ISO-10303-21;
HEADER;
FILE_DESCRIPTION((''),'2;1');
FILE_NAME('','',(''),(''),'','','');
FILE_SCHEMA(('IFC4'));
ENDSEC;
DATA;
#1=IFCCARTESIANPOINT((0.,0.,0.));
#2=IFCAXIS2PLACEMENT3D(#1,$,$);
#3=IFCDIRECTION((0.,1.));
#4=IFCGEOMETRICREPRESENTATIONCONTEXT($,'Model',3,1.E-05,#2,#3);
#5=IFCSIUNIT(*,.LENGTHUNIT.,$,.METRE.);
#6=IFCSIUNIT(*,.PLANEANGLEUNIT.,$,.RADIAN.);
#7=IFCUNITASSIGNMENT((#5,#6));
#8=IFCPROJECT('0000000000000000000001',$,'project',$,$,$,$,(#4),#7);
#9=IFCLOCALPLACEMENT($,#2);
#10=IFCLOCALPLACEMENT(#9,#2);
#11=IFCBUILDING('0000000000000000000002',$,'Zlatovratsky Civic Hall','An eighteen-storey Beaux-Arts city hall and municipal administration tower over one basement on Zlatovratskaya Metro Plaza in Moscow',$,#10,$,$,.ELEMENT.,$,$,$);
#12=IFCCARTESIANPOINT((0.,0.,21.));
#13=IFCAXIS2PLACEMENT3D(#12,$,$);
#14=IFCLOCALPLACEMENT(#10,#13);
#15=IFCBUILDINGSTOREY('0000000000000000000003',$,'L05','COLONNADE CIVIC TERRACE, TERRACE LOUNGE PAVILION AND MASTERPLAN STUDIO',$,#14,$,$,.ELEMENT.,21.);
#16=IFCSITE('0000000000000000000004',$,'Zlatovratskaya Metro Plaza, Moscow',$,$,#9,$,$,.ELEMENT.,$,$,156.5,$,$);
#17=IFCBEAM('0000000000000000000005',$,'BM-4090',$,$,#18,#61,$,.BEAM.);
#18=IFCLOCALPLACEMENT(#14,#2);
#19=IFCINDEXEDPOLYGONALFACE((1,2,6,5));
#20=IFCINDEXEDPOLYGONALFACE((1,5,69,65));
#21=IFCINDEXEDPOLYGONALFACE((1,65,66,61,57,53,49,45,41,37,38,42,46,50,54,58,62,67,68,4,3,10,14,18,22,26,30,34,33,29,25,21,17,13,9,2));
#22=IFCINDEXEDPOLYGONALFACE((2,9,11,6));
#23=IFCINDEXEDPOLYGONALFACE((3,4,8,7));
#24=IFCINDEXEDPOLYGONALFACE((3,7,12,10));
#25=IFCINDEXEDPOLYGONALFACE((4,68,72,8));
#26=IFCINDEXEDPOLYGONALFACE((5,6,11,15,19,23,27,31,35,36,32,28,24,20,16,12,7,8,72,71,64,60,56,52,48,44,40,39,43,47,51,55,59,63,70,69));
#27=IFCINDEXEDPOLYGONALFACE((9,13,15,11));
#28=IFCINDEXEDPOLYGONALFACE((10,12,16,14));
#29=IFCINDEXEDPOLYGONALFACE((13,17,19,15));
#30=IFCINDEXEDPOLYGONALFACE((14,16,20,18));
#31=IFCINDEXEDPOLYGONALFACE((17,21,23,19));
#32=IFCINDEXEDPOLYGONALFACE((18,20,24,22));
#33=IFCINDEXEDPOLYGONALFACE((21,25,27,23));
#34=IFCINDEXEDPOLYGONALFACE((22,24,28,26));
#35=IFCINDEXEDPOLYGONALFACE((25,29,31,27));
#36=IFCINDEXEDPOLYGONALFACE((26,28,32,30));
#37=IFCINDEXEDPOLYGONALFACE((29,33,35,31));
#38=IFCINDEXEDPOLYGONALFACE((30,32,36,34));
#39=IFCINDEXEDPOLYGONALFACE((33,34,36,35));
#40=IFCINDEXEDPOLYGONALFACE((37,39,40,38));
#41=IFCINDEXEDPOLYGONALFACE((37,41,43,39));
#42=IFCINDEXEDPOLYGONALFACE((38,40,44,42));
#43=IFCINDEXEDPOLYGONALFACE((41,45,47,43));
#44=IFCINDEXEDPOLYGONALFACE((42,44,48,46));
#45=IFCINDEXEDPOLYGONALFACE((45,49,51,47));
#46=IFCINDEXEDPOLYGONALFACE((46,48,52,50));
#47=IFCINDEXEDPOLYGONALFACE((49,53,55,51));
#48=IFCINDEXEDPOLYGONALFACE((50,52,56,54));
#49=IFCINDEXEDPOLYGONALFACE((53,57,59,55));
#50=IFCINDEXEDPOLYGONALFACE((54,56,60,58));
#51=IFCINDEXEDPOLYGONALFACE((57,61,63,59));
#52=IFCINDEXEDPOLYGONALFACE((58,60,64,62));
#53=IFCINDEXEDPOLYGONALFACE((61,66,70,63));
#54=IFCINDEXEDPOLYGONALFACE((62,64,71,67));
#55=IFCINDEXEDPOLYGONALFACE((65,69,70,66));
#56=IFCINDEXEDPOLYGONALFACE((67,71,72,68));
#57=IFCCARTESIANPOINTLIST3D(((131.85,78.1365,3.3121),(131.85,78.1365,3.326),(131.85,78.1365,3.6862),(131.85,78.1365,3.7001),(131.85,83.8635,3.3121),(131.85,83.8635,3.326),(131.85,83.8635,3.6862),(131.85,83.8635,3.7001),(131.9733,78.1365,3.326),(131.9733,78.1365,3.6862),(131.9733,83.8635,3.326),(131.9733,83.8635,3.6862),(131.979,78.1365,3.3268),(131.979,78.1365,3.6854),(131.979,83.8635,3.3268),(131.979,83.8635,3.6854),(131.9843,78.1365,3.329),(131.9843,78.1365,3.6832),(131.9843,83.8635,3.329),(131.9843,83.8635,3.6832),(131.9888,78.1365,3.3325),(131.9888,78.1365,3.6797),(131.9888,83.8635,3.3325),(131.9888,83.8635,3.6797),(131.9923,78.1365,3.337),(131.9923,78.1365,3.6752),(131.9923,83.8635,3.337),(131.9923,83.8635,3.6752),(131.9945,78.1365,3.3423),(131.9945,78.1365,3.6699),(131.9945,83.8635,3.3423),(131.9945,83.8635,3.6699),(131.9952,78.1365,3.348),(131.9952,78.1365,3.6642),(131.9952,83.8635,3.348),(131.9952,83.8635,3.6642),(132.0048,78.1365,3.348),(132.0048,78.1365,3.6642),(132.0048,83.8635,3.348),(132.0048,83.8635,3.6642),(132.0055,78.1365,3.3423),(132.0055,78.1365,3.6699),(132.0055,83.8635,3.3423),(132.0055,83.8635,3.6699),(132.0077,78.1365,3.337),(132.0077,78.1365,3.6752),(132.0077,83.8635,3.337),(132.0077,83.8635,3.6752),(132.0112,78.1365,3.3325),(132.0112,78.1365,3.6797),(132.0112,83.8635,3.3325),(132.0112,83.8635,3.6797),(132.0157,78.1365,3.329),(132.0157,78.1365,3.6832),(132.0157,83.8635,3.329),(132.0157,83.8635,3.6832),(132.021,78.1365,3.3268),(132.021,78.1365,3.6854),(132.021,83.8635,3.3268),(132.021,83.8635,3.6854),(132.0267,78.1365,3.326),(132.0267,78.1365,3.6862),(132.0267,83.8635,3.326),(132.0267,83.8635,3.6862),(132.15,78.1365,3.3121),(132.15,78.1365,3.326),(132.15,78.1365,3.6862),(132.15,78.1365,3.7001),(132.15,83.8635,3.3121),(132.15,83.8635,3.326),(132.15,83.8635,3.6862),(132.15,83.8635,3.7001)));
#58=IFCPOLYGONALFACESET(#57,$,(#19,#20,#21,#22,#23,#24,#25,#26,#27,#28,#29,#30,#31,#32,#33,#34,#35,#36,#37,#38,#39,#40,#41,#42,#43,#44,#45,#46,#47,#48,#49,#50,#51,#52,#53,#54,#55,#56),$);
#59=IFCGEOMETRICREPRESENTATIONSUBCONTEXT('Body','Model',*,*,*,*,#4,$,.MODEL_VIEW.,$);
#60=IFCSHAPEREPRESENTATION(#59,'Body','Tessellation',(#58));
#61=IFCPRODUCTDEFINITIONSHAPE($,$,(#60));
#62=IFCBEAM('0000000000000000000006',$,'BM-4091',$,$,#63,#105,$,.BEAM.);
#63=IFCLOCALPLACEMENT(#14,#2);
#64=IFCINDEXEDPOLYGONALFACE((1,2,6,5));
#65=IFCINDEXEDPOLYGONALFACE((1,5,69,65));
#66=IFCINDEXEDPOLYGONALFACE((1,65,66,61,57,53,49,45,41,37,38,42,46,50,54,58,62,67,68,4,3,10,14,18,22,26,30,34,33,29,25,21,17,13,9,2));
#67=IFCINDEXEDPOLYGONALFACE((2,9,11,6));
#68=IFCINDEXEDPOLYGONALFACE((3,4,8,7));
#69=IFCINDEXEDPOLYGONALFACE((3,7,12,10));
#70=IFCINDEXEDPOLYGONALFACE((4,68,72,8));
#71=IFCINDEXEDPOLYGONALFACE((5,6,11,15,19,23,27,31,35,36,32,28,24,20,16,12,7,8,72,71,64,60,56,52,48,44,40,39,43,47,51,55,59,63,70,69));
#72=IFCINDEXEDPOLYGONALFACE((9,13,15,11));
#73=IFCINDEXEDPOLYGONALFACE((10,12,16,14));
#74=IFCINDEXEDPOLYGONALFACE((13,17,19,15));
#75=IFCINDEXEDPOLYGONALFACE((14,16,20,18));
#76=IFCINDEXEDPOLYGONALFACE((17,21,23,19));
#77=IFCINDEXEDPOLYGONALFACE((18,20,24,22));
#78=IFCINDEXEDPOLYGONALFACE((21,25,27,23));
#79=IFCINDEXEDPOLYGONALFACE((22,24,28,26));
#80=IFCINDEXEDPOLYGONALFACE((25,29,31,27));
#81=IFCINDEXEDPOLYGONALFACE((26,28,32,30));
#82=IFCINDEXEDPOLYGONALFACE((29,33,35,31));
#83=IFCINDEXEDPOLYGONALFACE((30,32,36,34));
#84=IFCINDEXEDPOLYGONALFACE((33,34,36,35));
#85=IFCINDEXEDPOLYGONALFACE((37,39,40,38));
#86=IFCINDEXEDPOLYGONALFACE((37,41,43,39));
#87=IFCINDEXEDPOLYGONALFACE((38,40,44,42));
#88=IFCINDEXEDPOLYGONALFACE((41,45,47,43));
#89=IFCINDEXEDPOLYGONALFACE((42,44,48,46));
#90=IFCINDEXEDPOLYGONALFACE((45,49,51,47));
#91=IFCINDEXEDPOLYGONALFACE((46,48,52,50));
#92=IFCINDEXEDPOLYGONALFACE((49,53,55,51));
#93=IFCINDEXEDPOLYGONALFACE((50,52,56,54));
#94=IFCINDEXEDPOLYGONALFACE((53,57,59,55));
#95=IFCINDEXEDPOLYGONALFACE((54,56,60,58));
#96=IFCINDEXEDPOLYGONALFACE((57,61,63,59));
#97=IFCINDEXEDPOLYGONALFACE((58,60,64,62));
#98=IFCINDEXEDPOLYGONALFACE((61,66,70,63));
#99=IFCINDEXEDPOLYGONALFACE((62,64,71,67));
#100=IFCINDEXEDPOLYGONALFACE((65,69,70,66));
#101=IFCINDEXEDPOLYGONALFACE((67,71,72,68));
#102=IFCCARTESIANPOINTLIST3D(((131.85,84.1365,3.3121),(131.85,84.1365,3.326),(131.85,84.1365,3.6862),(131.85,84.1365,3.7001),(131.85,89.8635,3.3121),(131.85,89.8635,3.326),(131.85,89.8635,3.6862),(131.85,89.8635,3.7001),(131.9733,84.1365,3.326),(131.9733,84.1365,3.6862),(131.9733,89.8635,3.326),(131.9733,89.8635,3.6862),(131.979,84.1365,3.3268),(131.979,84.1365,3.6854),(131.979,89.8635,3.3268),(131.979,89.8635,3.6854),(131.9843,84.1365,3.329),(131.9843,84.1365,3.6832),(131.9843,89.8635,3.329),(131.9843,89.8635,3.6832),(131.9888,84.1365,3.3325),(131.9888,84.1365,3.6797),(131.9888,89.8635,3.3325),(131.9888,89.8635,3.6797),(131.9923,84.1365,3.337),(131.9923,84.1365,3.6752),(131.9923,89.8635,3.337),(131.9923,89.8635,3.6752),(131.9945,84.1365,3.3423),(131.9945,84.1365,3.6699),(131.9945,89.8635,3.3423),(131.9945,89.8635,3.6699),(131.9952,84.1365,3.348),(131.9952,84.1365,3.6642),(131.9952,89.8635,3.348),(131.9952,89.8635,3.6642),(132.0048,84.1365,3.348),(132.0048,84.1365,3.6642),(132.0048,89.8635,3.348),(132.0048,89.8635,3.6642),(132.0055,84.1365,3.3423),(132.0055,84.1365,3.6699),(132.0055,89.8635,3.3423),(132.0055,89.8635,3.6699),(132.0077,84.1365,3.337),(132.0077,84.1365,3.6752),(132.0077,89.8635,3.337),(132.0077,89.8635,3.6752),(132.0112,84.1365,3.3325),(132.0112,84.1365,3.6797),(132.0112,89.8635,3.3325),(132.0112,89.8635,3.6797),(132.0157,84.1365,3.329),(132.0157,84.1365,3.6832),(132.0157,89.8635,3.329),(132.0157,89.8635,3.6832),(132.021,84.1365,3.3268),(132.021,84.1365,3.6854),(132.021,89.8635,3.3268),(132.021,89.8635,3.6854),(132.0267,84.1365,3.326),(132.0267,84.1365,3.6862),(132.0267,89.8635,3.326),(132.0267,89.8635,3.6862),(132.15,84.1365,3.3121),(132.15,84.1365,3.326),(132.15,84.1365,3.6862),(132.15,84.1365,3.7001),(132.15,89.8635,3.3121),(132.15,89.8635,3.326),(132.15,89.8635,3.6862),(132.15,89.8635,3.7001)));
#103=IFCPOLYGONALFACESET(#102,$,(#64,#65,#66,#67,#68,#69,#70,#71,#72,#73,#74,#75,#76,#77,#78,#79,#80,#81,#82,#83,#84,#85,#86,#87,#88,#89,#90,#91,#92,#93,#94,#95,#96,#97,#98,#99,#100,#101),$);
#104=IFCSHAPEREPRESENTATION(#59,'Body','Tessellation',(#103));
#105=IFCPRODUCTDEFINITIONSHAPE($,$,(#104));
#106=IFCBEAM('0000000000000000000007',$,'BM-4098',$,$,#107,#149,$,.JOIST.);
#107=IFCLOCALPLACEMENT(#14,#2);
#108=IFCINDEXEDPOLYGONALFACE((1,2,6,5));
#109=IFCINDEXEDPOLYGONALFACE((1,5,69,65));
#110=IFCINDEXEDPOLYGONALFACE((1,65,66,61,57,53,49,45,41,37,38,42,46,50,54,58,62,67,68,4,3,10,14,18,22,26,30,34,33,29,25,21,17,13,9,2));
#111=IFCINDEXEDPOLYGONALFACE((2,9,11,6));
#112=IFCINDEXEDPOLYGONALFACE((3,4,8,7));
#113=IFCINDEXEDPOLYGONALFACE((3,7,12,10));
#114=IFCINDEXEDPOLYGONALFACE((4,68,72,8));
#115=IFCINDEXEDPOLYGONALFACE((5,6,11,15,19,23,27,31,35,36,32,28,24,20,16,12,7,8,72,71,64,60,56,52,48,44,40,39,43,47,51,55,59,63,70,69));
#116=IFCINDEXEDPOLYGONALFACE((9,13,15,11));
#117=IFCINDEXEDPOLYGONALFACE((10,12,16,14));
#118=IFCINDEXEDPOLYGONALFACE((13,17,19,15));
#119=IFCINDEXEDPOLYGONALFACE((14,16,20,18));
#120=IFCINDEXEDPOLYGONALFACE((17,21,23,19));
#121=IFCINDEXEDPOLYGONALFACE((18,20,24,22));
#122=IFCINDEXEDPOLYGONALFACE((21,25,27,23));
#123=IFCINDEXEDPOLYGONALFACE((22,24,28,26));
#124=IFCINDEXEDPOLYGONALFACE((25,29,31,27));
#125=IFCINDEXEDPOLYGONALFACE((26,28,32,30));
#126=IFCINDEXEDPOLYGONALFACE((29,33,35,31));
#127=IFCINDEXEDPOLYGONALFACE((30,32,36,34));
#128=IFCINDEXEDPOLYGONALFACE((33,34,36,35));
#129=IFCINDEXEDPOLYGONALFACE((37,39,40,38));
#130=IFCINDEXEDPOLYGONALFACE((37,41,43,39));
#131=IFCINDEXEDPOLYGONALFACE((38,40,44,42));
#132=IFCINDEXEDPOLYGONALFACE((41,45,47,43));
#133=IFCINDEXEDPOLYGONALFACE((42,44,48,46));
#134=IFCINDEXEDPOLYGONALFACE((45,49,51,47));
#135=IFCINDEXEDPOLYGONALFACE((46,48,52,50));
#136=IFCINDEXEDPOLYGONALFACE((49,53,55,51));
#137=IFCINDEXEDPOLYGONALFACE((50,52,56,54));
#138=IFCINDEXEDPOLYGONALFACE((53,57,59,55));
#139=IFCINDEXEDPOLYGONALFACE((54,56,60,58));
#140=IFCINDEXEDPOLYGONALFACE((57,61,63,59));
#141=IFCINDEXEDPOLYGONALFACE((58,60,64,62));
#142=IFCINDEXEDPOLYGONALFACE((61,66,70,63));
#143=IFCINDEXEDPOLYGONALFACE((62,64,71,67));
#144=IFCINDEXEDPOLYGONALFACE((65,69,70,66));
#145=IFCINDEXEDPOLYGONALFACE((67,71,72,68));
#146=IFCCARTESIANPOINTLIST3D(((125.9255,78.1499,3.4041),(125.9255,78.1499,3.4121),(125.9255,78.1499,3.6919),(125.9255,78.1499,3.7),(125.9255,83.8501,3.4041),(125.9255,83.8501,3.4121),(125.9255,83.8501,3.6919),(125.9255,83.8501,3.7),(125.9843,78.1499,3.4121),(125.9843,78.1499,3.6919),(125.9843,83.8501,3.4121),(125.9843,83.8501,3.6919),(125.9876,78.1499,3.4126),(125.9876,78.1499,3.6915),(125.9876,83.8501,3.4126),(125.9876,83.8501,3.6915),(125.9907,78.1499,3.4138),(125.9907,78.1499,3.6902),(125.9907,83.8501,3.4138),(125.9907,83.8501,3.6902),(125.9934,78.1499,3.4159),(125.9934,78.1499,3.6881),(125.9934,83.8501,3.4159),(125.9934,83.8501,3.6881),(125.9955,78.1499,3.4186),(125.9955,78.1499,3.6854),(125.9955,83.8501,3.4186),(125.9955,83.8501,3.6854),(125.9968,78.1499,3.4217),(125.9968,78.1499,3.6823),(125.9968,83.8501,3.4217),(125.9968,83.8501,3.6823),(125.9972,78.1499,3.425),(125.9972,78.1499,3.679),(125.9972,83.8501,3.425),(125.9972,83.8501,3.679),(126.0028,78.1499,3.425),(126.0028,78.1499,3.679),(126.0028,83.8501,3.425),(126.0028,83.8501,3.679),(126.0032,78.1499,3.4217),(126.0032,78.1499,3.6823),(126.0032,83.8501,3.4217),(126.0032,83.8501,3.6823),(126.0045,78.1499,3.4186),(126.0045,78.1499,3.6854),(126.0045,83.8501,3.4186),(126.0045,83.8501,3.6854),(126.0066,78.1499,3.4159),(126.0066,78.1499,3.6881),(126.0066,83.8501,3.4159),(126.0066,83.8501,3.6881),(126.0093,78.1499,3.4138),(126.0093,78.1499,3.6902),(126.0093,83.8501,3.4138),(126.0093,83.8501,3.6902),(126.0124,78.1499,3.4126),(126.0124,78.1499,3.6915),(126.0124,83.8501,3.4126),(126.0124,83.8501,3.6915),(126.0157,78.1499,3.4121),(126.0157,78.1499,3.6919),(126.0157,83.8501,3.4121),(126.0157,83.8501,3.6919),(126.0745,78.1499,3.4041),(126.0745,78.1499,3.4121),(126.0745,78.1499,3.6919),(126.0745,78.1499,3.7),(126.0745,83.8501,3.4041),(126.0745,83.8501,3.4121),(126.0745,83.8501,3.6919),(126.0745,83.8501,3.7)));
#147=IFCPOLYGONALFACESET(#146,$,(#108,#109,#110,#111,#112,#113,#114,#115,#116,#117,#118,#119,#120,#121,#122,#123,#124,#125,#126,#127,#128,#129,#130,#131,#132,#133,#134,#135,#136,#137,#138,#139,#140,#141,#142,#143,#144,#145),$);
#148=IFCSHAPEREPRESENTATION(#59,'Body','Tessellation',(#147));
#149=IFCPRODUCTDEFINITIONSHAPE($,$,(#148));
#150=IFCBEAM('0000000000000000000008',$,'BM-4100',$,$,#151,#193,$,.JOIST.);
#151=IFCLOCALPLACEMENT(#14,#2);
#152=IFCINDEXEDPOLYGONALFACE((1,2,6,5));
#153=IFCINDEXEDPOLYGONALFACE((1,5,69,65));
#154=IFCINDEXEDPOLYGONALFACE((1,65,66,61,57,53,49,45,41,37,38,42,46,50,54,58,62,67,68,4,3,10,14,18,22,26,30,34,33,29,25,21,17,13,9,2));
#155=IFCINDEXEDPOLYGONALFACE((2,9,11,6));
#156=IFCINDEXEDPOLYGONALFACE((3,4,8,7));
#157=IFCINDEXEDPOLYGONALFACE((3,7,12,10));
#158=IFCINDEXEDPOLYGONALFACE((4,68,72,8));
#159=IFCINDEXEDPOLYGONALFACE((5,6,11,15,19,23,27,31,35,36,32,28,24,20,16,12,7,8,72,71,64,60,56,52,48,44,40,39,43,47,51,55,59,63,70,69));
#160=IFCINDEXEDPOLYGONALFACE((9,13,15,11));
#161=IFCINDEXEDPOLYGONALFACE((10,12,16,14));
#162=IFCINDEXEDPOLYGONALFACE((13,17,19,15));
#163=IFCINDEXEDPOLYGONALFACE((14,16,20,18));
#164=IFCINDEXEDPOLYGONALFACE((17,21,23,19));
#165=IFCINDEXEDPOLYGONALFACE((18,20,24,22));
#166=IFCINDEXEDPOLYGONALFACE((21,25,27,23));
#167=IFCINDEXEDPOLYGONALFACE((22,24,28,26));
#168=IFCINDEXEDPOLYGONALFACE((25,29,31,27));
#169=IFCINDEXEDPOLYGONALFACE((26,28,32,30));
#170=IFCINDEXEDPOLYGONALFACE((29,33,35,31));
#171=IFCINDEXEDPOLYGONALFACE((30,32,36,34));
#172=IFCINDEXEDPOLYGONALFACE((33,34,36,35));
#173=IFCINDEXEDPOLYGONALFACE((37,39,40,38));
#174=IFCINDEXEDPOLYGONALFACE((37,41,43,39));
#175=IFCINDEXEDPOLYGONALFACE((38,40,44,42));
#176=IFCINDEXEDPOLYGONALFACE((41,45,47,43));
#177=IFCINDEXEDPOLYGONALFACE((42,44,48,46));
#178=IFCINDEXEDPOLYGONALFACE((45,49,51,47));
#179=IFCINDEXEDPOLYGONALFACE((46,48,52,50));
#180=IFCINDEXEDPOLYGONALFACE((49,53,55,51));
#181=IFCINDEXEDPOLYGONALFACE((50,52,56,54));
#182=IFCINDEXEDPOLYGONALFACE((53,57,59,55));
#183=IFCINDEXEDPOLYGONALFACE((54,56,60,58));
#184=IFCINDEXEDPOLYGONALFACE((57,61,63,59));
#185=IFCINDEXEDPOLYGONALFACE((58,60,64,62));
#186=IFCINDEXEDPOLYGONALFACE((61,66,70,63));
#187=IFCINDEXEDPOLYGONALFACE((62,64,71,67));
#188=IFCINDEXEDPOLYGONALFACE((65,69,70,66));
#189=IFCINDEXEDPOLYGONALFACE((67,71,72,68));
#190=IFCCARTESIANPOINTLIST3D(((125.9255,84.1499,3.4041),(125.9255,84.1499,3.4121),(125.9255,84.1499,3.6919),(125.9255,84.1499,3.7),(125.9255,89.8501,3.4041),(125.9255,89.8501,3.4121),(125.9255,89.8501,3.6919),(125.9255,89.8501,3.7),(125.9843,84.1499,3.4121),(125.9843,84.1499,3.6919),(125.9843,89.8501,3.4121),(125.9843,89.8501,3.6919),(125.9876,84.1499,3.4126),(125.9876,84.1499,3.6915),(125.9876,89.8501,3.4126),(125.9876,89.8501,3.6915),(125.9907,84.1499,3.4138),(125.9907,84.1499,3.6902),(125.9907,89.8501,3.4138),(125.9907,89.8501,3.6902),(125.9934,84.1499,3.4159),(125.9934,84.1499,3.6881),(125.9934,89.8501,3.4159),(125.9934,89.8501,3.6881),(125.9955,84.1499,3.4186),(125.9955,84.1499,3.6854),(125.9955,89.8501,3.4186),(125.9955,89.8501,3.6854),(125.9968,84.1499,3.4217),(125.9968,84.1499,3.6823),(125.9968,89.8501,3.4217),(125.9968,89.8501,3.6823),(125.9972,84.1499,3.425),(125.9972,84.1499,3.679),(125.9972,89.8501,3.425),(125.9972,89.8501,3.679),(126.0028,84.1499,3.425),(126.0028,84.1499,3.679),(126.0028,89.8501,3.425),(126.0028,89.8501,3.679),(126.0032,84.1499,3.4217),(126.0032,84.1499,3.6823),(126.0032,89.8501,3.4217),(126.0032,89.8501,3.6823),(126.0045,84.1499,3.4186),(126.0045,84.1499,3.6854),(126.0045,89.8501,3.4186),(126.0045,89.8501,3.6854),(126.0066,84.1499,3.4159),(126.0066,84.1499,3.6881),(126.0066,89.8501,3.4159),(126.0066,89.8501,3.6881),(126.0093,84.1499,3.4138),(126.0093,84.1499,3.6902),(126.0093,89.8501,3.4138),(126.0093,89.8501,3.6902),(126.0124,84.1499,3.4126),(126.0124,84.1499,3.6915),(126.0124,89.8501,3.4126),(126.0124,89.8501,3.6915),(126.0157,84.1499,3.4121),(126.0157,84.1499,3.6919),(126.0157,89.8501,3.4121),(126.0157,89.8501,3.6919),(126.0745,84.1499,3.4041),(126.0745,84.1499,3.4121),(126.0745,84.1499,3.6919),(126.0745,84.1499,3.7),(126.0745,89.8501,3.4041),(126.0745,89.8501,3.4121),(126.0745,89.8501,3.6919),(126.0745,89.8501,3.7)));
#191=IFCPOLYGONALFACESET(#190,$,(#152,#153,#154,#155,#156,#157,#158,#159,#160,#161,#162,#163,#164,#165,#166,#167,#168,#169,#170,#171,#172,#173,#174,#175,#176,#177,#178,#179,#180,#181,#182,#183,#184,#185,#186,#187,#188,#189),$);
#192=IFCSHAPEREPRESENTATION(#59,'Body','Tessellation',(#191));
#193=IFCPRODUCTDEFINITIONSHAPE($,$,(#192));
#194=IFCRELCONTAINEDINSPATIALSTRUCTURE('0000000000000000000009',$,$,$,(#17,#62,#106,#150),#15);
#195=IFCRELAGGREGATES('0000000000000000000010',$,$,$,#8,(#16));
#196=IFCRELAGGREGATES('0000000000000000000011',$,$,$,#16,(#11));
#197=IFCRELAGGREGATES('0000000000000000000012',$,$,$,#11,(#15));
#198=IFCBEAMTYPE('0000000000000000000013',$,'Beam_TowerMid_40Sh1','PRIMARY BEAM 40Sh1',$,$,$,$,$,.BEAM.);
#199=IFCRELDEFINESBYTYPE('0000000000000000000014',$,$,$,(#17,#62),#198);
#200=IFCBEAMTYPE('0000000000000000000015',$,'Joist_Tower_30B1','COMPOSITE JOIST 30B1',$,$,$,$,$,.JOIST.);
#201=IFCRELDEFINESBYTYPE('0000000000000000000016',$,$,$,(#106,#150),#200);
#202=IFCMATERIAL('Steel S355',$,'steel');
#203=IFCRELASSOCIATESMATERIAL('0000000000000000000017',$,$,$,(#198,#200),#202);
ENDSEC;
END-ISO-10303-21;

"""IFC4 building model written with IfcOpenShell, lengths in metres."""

from ifc_helpers import new_model, si_unit, direction, frame, origin, origin_2d, place, context, subcontext, project, spatial, i_section, extrude, material, material_profile, profile_set, type_object, element, save


model = new_model("IFC4")

# Units and contexts
model_context = context("Model", 3, precision=1e-05, world=origin(), true_north=direction((0.0, 1.0)))
body_context = subcontext(model_context, "Body", "Model", "MODEL_VIEW")
ifc_project = project(units=[si_unit("LENGTHUNIT", "METRE"), si_unit("PLANEANGLEUNIT", "RADIAN")], contexts=[model_context])

# Site, building, storey
site_placement = place(None, origin())
site = spatial("IfcSite", under=ifc_project, at=site_placement, Name="Zlatovratskaya Metro Plaza, Moscow", CompositionType="ELEMENT", RefElevation=156.5)
building_placement = place(site_placement, origin())
building = spatial("IfcBuilding", under=site, at=building_placement, Name="Zlatovratsky Civic Hall", Description="An eighteen-storey Beaux-Arts city hall and municipal administration tower over one basement on Zlatovratskaya Metro Plaza in Moscow", CompositionType="ELEMENT")
storey_placement = place(building_placement, frame((0.0, 0.0, 21.0)))
storey = spatial("IfcBuildingStorey", under=building, at=storey_placement, Name="L05", Description="COLONNADE CIVIC TERRACE, TERRACE LOUNGE PAVILION AND MASTERPLAN STUDIO", CompositionType="ELEMENT", Elevation=21.0)

# Shared definitions
ifc_material_1 = material(Name="Steel S355", Category="steel")

# Beams
ifc_material_profile_1 = material_profile(ifc_material_1, i_section(OverallWidth=0.3, OverallDepth=0.3879, WebThickness=0.0095, FlangeThickness=0.0139, FilletRadius=0.022, at=origin_2d()), Name="40Sh1")
ifc_profile_set_1 = profile_set([ifc_material_profile_1], Name="Steel S355")
beam_type_1 = type_object("IfcBeamType", Name="Beam_TowerMid_40Sh1", Description="PRIMARY BEAM 40Sh1", PredefinedType="BEAM", material=ifc_profile_set_1)
for number, where, z_axis, x_axis, name in (
    (1, (132.0, 78.1365, 3.5061), (0.0, 1.0, 0.0), (-1.0, 0.0, 0.0), "BM-4090"),
    (2, (132.0, 84.1365, 3.5061), (0.0, 1.0, 0.0), (-1.0, 0.0, 0.0), "BM-4091"),
):
    element("IfcBeam", number, at=place(storey_placement, frame(where, z_axis=z_axis, x_axis=x_axis)), inside=storey, type_object=beam_type_1, Name=name, PredefinedType="BEAM", context=body_context, shape_type="SweptSolid", body=[
        extrude(i_section(OverallWidth=0.3, OverallDepth=0.3879, WebThickness=0.0095, FlangeThickness=0.0139, FilletRadius=0.022, at=origin_2d()), origin(), (0.0, 0.0, 1.0), 5.7271),
    ])
ifc_material_profile_2 = material_profile(ifc_material_1, i_section(OverallWidth=0.1489, OverallDepth=0.2959, WebThickness=0.0056, FlangeThickness=0.0081, FilletRadius=0.0129, at=origin_2d()), Name="30B1")
ifc_profile_set_2 = profile_set([ifc_material_profile_2], Name="Steel S355")
beam_type_2 = type_object("IfcBeamType", Name="Joist_Tower_30B1", Description="COMPOSITE JOIST 30B1", PredefinedType="JOIST", material=ifc_profile_set_2)
for number, where, z_axis, x_axis, name in (
    (3, (126.0, 78.1499, 3.552), (0.0, 1.0, 0.0), (-1.0, 0.0, 0.0), "BM-4098"),
    (4, (126.0, 84.1499, 3.552), (0.0, 1.0, 0.0), (-1.0, 0.0, 0.0), "BM-4100"),
):
    element("IfcBeam", number, at=place(storey_placement, frame(where, z_axis=z_axis, x_axis=x_axis)), inside=storey, type_object=beam_type_2, Name=name, PredefinedType="JOIST", context=body_context, shape_type="SweptSolid", body=[
        extrude(i_section(OverallWidth=0.1489, OverallDepth=0.2959, WebThickness=0.0056, FlangeThickness=0.0081, FilletRadius=0.0129, at=origin_2d()), origin(), (0.0, 0.0, 1.0), 5.7002),
    ])

save(model, "model.ifc")
